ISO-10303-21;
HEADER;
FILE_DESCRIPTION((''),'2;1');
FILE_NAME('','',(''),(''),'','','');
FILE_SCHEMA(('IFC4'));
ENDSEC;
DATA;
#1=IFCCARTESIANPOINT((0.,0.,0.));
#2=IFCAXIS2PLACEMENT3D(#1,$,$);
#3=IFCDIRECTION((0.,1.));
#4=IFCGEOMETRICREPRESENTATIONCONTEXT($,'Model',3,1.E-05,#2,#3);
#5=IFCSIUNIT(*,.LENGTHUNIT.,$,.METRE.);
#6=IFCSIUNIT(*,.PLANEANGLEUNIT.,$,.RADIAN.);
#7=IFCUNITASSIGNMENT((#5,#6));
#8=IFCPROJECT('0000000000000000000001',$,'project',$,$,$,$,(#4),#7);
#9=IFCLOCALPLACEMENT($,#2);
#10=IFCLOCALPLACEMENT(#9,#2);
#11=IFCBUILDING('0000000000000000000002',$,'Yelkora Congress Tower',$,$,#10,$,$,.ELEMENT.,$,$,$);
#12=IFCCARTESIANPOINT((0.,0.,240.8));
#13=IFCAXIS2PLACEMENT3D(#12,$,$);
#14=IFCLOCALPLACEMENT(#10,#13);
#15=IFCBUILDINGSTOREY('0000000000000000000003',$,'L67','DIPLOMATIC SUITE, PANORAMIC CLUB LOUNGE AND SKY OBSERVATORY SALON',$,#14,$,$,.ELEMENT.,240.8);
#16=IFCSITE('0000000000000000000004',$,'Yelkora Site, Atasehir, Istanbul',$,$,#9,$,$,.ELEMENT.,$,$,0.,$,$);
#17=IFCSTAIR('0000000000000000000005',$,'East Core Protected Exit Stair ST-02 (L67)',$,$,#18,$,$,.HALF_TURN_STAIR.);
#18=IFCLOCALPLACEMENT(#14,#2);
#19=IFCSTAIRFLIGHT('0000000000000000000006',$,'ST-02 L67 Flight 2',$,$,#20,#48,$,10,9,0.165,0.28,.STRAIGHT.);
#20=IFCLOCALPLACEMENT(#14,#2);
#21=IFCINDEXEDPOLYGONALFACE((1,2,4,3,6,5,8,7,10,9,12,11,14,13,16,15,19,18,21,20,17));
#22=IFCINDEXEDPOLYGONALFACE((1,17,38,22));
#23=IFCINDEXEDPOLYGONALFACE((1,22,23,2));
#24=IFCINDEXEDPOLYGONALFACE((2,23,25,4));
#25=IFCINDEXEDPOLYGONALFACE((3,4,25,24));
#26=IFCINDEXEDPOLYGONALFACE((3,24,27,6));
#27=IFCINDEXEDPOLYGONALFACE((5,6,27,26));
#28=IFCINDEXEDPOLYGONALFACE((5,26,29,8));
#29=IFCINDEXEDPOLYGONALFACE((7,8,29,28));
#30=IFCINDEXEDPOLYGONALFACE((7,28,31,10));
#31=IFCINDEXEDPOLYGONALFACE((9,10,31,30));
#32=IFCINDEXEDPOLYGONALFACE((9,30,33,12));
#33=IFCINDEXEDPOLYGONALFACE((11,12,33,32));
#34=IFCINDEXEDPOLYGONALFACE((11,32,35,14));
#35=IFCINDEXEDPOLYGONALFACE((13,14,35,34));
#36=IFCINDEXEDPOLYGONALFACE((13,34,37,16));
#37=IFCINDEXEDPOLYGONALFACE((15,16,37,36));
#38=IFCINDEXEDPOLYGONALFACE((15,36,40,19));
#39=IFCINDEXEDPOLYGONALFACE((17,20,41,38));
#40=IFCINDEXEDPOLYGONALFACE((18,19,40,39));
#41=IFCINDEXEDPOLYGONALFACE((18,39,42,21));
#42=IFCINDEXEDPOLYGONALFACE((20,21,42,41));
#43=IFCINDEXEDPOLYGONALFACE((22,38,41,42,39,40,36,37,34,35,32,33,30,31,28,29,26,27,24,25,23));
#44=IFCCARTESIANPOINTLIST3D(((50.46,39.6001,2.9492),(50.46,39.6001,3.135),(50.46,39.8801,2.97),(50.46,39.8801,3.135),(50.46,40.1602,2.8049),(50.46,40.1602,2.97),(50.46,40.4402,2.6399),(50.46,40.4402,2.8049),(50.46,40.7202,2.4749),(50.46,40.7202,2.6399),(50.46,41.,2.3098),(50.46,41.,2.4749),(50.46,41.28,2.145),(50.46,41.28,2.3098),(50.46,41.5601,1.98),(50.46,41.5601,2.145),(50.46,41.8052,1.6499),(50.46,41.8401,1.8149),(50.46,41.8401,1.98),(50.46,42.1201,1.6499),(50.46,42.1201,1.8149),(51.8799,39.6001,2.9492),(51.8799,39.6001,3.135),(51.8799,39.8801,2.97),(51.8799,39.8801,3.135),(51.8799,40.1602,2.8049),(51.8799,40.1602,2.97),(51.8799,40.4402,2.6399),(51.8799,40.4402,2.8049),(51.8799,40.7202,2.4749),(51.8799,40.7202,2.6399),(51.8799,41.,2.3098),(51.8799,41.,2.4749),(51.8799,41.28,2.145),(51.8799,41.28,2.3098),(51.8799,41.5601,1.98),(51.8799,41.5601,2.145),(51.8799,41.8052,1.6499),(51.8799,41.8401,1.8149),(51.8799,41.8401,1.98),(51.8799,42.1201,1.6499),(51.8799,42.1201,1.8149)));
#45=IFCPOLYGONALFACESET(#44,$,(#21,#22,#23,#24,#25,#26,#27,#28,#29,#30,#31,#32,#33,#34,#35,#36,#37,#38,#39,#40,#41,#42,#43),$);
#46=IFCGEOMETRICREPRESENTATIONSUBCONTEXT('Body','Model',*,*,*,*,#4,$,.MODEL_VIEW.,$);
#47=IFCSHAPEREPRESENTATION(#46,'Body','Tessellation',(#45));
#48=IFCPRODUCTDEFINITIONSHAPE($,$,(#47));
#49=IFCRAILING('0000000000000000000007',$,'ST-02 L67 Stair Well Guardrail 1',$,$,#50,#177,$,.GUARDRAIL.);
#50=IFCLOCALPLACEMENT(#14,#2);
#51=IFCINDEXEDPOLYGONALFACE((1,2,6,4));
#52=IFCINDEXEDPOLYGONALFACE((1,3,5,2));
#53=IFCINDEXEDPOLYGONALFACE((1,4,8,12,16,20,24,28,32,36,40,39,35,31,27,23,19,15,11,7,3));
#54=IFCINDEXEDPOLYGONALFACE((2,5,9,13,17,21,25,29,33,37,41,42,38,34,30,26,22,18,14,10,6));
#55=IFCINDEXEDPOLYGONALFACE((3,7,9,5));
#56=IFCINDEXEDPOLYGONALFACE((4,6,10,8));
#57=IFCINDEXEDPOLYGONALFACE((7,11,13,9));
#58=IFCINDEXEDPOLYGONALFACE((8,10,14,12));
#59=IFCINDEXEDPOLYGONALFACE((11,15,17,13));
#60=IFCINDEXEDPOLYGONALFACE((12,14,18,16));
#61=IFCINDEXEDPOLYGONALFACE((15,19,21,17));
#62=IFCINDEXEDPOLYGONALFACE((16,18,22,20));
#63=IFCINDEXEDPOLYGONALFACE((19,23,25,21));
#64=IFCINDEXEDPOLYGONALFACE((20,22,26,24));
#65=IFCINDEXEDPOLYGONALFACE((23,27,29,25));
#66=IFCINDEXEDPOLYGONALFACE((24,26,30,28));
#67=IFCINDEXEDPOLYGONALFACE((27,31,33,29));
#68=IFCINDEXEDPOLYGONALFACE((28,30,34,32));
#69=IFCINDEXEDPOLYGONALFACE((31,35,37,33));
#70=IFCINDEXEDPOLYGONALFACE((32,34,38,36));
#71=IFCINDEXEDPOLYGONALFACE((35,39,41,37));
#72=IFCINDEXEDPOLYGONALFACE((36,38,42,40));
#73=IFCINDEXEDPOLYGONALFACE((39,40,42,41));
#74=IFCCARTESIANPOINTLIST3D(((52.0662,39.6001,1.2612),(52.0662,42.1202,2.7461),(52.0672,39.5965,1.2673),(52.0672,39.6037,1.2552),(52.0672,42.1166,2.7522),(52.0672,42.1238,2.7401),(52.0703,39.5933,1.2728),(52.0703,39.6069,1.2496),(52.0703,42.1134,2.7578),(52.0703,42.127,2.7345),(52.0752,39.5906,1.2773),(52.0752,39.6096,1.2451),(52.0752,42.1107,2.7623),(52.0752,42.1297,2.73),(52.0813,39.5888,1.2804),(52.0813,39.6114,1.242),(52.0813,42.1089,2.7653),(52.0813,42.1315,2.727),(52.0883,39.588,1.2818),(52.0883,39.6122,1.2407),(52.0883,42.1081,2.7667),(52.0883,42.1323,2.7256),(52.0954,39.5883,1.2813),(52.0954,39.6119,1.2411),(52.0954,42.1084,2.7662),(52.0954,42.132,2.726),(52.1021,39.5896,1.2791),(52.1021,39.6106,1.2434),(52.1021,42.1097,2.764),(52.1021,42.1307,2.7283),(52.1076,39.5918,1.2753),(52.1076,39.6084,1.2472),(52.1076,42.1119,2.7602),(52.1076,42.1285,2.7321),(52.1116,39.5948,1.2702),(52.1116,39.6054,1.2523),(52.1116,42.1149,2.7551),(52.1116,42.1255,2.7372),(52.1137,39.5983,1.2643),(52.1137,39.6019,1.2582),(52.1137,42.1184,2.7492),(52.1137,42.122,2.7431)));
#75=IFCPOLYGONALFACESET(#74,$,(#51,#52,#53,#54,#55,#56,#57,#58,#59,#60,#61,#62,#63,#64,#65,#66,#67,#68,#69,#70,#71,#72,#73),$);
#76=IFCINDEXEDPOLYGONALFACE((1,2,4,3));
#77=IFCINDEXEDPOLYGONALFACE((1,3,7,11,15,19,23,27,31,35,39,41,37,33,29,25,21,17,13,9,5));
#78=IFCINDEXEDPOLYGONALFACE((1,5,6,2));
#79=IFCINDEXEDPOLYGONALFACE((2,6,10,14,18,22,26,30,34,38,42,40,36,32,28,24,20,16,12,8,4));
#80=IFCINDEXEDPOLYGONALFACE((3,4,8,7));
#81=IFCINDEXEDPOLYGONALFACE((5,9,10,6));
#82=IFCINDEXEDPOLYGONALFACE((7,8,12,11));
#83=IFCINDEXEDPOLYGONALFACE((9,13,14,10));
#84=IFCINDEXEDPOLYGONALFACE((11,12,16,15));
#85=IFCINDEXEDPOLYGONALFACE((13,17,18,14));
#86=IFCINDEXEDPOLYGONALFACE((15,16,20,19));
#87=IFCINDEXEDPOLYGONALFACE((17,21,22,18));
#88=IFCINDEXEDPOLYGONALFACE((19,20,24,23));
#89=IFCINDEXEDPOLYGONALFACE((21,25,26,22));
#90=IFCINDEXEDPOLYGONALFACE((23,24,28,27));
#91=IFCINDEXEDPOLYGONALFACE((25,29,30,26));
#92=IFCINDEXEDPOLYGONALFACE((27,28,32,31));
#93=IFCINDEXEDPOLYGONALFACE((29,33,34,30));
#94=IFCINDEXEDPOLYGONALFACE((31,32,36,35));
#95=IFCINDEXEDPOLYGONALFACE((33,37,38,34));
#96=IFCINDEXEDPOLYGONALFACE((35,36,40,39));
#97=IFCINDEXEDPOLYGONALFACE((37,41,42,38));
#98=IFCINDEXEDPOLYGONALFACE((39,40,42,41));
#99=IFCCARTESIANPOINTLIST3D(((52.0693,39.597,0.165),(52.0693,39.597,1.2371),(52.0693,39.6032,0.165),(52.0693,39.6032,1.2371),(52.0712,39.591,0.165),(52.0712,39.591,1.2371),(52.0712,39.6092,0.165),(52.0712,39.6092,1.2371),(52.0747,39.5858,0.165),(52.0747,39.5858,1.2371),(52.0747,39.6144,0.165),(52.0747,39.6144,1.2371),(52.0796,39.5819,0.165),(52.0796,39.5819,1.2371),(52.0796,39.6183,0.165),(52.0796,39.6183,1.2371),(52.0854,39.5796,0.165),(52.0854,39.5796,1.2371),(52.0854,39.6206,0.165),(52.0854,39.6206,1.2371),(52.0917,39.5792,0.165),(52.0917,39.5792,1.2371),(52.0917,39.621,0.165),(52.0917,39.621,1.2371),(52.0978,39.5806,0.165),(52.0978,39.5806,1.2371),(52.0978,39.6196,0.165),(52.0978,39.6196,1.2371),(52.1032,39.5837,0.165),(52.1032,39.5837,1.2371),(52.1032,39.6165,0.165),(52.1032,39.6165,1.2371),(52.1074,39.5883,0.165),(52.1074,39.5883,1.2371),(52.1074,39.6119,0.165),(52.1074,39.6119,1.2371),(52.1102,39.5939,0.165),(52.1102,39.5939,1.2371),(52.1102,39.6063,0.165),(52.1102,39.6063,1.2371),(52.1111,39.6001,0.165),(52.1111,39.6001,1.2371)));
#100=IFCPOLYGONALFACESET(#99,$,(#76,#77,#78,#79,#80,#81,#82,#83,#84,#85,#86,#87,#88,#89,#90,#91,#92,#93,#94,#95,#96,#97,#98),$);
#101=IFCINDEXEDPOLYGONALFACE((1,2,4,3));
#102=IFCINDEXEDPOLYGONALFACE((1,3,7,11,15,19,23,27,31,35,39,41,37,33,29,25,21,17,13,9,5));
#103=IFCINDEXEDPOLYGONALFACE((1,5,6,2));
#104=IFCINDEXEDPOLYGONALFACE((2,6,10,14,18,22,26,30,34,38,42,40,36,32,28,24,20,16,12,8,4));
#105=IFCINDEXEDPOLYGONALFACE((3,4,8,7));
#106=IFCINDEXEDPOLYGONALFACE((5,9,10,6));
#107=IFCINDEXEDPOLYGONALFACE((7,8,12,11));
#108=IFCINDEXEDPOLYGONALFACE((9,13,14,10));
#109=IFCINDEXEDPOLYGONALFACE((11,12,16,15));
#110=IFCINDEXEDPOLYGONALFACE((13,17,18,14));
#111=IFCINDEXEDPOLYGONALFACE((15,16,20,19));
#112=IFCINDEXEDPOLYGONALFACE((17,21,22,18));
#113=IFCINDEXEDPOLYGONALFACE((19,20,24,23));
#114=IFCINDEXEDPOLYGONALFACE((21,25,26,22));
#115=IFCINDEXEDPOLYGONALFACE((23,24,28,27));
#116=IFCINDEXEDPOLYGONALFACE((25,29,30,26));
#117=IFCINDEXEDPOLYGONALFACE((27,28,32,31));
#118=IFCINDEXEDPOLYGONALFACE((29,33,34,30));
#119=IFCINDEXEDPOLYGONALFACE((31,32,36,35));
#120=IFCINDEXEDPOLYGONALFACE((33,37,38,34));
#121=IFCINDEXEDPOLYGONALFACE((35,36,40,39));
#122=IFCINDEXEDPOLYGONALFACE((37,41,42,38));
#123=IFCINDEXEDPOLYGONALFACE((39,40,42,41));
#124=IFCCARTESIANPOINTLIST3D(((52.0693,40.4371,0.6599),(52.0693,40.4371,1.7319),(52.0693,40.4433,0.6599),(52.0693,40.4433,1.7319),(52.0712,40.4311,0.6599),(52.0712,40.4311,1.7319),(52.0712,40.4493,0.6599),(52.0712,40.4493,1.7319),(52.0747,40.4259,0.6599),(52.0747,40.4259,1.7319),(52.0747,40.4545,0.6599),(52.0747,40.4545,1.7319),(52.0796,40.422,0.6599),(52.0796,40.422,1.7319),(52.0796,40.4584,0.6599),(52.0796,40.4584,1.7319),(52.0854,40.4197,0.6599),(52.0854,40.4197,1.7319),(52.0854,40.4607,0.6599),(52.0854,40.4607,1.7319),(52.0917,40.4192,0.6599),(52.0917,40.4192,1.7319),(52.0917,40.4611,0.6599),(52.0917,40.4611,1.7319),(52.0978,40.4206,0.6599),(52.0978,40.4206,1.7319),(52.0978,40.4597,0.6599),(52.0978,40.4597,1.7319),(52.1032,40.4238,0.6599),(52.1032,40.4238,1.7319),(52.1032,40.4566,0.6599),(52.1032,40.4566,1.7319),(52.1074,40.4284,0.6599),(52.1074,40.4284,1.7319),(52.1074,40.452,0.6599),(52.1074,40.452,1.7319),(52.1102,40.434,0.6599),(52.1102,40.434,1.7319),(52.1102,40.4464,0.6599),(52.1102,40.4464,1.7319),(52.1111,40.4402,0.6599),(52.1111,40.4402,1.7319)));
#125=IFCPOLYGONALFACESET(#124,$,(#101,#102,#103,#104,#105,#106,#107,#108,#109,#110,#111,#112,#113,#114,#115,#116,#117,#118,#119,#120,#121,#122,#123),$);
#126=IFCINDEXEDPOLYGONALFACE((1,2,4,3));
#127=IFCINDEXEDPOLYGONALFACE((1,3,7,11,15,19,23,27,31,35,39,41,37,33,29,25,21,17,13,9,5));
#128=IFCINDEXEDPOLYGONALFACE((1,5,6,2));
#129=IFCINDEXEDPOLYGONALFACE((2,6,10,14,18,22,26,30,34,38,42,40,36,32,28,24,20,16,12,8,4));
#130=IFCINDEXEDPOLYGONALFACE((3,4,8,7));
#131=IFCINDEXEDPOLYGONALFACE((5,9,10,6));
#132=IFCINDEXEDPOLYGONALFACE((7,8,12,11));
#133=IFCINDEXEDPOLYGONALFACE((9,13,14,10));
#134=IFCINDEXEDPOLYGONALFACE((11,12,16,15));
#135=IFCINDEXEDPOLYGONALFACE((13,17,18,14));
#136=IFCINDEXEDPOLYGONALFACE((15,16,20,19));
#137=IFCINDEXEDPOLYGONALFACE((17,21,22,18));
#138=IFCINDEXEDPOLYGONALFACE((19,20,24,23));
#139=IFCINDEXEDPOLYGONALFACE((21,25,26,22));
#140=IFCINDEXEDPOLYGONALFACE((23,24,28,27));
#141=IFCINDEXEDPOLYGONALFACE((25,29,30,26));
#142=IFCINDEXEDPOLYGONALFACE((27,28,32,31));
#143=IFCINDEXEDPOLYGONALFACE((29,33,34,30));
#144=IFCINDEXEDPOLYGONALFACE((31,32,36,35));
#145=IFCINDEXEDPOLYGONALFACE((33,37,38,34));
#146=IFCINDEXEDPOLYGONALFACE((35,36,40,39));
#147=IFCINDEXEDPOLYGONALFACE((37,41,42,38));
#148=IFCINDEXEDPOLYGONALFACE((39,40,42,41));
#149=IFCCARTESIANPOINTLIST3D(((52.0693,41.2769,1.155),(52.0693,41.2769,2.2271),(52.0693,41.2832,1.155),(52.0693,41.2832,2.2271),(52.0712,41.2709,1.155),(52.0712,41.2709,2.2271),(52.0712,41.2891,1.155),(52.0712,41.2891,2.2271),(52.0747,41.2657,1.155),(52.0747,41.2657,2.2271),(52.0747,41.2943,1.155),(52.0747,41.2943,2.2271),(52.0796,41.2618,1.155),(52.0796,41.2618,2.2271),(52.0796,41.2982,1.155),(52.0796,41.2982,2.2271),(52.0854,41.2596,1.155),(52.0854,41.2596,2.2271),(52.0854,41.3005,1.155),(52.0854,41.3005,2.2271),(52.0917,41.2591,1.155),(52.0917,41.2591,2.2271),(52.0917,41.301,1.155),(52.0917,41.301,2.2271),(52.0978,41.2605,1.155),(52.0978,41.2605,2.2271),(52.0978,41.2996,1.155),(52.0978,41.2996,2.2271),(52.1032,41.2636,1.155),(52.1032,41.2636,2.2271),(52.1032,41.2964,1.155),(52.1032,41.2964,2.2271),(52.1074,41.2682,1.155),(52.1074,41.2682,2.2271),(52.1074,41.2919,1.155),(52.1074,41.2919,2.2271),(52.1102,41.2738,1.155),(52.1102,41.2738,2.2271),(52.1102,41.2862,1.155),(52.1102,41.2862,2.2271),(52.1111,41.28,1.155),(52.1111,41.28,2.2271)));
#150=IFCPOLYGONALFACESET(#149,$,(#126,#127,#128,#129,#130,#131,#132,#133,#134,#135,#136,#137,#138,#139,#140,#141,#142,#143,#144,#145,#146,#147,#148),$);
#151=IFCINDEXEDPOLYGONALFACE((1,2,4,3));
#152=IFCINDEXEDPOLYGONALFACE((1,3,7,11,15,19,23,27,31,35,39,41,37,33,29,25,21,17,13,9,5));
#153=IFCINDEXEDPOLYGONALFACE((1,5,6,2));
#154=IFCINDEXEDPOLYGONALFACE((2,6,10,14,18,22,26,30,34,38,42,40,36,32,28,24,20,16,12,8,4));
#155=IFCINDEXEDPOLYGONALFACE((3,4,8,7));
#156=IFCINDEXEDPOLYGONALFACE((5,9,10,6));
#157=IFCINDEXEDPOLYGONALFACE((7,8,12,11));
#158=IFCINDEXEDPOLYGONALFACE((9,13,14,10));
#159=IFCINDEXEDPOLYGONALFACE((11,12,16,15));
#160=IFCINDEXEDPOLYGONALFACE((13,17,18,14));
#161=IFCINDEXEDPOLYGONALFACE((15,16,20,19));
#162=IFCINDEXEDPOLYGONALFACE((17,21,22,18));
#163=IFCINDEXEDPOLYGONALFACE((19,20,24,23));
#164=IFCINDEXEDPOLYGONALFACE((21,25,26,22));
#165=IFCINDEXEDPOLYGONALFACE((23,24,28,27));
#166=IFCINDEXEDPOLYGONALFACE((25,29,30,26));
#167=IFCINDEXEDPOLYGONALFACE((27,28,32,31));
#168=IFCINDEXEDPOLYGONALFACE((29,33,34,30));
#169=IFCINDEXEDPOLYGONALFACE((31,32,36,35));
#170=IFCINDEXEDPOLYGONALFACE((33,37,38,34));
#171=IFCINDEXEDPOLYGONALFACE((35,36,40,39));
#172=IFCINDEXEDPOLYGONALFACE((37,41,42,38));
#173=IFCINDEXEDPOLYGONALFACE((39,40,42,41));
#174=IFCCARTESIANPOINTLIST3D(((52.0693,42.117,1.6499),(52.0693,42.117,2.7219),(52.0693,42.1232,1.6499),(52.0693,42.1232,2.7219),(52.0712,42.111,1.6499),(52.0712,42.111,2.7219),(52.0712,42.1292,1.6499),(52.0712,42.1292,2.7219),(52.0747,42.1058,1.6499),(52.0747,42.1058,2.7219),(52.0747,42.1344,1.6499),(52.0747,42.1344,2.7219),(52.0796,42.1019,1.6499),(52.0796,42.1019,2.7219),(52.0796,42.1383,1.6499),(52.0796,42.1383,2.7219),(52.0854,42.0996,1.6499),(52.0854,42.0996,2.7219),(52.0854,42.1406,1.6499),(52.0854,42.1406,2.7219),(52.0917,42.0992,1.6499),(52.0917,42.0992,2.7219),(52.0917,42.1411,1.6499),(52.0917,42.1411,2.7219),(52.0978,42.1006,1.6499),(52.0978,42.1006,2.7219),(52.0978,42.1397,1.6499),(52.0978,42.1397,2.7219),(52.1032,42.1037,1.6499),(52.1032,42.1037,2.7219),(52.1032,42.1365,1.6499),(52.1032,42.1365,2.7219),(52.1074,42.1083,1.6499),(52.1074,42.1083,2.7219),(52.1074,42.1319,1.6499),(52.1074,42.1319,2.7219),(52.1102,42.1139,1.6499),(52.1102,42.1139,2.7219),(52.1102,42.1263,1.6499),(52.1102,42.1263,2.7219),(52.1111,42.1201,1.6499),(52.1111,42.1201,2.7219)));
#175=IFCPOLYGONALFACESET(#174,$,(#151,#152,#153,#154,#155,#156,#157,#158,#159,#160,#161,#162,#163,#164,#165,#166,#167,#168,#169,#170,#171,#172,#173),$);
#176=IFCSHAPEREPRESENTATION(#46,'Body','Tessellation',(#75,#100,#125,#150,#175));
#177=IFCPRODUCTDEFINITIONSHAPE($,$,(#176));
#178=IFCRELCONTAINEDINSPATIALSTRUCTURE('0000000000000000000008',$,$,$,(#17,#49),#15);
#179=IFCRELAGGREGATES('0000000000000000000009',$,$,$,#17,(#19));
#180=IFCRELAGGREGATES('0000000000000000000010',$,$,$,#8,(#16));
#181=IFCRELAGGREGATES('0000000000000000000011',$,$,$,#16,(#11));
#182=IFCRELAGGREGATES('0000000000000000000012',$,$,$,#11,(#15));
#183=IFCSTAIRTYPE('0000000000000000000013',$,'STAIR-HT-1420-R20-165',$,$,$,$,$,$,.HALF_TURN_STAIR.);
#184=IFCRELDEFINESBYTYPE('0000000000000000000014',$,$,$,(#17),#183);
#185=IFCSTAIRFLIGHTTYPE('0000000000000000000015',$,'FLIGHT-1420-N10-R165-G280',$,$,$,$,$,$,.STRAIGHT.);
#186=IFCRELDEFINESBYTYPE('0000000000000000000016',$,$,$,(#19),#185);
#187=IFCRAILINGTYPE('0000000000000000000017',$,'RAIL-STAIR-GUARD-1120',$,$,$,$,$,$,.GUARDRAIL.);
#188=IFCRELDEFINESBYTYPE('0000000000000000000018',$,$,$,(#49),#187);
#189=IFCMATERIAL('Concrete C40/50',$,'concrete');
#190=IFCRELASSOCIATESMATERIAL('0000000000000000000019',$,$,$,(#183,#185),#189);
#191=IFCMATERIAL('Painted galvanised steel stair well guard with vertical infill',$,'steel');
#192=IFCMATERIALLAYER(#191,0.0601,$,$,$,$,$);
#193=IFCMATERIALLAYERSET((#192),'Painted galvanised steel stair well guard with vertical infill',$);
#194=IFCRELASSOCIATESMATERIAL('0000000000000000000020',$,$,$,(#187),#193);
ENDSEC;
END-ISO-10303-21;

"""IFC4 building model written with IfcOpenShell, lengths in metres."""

from ifc_helpers import new_model, si_unit, direction, frame, origin, origin_2d, place, context, subcontext, project, spatial, polyline, circle, outline, extrude, material, layer, layer_set, type_object, element, aggregate, save


model = new_model("IFC4")

# Units and contexts
model_context = context("Model", 3, precision=1e-05, world=origin(), true_north=direction((0.0, 1.0)))
body_context = subcontext(model_context, "Body", "Model", "MODEL_VIEW")
ifc_project = project(units=[si_unit("LENGTHUNIT", "METRE"), si_unit("PLANEANGLEUNIT", "RADIAN")], contexts=[model_context])

# Site, building, storey
site_placement = place(None, origin())
site = spatial("IfcSite", under=ifc_project, at=site_placement, Name="Yelkora Site, Atasehir, Istanbul", CompositionType="ELEMENT", RefElevation=0.0)
building_placement = place(site_placement, origin())
building = spatial("IfcBuilding", under=site, at=building_placement, Name="Yelkora Congress Tower", CompositionType="ELEMENT")
storey_placement = place(building_placement, frame((0.0, 0.0, 240.8)))
storey = spatial("IfcBuildingStorey", under=building, at=storey_placement, Name="L67", Description="DIPLOMATIC SUITE, PANORAMIC CLUB LOUNGE AND SKY OBSERVATORY SALON", CompositionType="ELEMENT", Elevation=240.8)

# Stair, stair flight
ifc_material_1 = material(Name="Concrete C40/50", Category="concrete")
stair_type = type_object("IfcStairType", Name="STAIR-HT-1420-R20-165", PredefinedType="HALF_TURN_STAIR", material=ifc_material_1)
stair_placement = place(storey_placement, origin())
stair = element("IfcStair", 1, at=stair_placement, inside=storey, type_object=stair_type, Name="East Core Protected Exit Stair ST-02 (L67)", PredefinedType="HALF_TURN_STAIR")
stair_flight_type = type_object("IfcStairFlightType", Name="FLIGHT-1420-N10-R165-G280", PredefinedType="STRAIGHT", material=ifc_material_1)
stair_flight_placement = place(storey_placement, frame((51.1699, 42.1201, 1.6499), z_axis=(0.0, 0.0, 1.0), x_axis=(0.0, -1.0, 0.0)))
stair_flight = element("IfcStairFlight", 2, at=stair_flight_placement, type_object=stair_flight_type, Name="ST-02 L67 Flight 2", NumberOfRisers=10, NumberOfTreads=9, PredefinedType="STRAIGHT", RiserHeight=0.165, TreadLength=0.28, context=body_context, shape_type="SweptSolid", body=[
    extrude(outline(polyline([(0.0, 0.0), (0.0, 0.165), (0.28, 0.165), (0.28, 0.3301), (0.5601, 0.3301), (0.5601, 0.4951), (0.8401, 0.4951), (0.8401, 0.6599), (1.1201, 0.6599), (1.1201, 0.825), (1.3999, 0.825), (1.3999, 0.99), (1.6799, 0.99), (1.6799, 1.155), (1.96, 1.155), (1.96, 1.3201), (2.24, 1.3201), (2.24, 1.4851), (2.52, 1.4851), (2.52, 1.6499), (2.52, 1.2993), (0.3149, 0.0), (0.0, 0.0)])), frame((0.0, 0.71, 0.0), z_axis=(0.0, -1.0, 0.0), x_axis=(1.0, 0.0, 0.0)), (0.0, 0.0, 1.0), 1.4199),
])
aggregate(stair, [stair_flight])

# Railing
ifc_material_2 = material(Name="Painted galvanised steel stair well guard with vertical infill", Category="steel")
ifc_layer_1 = layer(ifc_material_2, 0.0601)
ifc_layer_set_1 = layer_set([ifc_layer_1], Name="Painted galvanised steel stair well guard with vertical infill")
railing_type_1 = type_object("IfcRailingType", Name="RAIL-STAIR-GUARD-1120", PredefinedType="GUARDRAIL", material=ifc_layer_set_1)
railing_1_placement = place(storey_placement, frame((52.0901, 39.6001, 0.165)))
element("IfcRailing", 3, at=railing_1_placement, inside=storey, type_object=railing_type_1, Name="ST-02 L67 Stair Well Guardrail 1", PredefinedType="GUARDRAIL", context=body_context, shape_type="SweptSolid", body=[
    extrude(circle(Radius=0.0239, at=origin_2d()), frame((0.0, 0.0, 1.0962), z_axis=(0.0, 0.861561, 0.507655), x_axis=(-1.0, 0.0, 0.0)), (0.0, 0.0, 1.0), 2.925),
    extrude(circle(Radius=0.021, at=origin_2d()), origin(), (0.0, 0.0, 1.0), 1.072),
    extrude(circle(Radius=0.021, at=origin_2d()), frame((0.0, 0.8401, 0.4949)), (0.0, 0.0, 1.0), 1.072),
    extrude(circle(Radius=0.021, at=origin_2d()), frame((0.0, 1.6799, 0.99)), (0.0, 0.0, 1.0), 1.072),
    extrude(circle(Radius=0.021, at=origin_2d()), frame((0.0, 2.52, 1.4849)), (0.0, 0.0, 1.0), 1.072),
])

save(model, "model.ifc")
